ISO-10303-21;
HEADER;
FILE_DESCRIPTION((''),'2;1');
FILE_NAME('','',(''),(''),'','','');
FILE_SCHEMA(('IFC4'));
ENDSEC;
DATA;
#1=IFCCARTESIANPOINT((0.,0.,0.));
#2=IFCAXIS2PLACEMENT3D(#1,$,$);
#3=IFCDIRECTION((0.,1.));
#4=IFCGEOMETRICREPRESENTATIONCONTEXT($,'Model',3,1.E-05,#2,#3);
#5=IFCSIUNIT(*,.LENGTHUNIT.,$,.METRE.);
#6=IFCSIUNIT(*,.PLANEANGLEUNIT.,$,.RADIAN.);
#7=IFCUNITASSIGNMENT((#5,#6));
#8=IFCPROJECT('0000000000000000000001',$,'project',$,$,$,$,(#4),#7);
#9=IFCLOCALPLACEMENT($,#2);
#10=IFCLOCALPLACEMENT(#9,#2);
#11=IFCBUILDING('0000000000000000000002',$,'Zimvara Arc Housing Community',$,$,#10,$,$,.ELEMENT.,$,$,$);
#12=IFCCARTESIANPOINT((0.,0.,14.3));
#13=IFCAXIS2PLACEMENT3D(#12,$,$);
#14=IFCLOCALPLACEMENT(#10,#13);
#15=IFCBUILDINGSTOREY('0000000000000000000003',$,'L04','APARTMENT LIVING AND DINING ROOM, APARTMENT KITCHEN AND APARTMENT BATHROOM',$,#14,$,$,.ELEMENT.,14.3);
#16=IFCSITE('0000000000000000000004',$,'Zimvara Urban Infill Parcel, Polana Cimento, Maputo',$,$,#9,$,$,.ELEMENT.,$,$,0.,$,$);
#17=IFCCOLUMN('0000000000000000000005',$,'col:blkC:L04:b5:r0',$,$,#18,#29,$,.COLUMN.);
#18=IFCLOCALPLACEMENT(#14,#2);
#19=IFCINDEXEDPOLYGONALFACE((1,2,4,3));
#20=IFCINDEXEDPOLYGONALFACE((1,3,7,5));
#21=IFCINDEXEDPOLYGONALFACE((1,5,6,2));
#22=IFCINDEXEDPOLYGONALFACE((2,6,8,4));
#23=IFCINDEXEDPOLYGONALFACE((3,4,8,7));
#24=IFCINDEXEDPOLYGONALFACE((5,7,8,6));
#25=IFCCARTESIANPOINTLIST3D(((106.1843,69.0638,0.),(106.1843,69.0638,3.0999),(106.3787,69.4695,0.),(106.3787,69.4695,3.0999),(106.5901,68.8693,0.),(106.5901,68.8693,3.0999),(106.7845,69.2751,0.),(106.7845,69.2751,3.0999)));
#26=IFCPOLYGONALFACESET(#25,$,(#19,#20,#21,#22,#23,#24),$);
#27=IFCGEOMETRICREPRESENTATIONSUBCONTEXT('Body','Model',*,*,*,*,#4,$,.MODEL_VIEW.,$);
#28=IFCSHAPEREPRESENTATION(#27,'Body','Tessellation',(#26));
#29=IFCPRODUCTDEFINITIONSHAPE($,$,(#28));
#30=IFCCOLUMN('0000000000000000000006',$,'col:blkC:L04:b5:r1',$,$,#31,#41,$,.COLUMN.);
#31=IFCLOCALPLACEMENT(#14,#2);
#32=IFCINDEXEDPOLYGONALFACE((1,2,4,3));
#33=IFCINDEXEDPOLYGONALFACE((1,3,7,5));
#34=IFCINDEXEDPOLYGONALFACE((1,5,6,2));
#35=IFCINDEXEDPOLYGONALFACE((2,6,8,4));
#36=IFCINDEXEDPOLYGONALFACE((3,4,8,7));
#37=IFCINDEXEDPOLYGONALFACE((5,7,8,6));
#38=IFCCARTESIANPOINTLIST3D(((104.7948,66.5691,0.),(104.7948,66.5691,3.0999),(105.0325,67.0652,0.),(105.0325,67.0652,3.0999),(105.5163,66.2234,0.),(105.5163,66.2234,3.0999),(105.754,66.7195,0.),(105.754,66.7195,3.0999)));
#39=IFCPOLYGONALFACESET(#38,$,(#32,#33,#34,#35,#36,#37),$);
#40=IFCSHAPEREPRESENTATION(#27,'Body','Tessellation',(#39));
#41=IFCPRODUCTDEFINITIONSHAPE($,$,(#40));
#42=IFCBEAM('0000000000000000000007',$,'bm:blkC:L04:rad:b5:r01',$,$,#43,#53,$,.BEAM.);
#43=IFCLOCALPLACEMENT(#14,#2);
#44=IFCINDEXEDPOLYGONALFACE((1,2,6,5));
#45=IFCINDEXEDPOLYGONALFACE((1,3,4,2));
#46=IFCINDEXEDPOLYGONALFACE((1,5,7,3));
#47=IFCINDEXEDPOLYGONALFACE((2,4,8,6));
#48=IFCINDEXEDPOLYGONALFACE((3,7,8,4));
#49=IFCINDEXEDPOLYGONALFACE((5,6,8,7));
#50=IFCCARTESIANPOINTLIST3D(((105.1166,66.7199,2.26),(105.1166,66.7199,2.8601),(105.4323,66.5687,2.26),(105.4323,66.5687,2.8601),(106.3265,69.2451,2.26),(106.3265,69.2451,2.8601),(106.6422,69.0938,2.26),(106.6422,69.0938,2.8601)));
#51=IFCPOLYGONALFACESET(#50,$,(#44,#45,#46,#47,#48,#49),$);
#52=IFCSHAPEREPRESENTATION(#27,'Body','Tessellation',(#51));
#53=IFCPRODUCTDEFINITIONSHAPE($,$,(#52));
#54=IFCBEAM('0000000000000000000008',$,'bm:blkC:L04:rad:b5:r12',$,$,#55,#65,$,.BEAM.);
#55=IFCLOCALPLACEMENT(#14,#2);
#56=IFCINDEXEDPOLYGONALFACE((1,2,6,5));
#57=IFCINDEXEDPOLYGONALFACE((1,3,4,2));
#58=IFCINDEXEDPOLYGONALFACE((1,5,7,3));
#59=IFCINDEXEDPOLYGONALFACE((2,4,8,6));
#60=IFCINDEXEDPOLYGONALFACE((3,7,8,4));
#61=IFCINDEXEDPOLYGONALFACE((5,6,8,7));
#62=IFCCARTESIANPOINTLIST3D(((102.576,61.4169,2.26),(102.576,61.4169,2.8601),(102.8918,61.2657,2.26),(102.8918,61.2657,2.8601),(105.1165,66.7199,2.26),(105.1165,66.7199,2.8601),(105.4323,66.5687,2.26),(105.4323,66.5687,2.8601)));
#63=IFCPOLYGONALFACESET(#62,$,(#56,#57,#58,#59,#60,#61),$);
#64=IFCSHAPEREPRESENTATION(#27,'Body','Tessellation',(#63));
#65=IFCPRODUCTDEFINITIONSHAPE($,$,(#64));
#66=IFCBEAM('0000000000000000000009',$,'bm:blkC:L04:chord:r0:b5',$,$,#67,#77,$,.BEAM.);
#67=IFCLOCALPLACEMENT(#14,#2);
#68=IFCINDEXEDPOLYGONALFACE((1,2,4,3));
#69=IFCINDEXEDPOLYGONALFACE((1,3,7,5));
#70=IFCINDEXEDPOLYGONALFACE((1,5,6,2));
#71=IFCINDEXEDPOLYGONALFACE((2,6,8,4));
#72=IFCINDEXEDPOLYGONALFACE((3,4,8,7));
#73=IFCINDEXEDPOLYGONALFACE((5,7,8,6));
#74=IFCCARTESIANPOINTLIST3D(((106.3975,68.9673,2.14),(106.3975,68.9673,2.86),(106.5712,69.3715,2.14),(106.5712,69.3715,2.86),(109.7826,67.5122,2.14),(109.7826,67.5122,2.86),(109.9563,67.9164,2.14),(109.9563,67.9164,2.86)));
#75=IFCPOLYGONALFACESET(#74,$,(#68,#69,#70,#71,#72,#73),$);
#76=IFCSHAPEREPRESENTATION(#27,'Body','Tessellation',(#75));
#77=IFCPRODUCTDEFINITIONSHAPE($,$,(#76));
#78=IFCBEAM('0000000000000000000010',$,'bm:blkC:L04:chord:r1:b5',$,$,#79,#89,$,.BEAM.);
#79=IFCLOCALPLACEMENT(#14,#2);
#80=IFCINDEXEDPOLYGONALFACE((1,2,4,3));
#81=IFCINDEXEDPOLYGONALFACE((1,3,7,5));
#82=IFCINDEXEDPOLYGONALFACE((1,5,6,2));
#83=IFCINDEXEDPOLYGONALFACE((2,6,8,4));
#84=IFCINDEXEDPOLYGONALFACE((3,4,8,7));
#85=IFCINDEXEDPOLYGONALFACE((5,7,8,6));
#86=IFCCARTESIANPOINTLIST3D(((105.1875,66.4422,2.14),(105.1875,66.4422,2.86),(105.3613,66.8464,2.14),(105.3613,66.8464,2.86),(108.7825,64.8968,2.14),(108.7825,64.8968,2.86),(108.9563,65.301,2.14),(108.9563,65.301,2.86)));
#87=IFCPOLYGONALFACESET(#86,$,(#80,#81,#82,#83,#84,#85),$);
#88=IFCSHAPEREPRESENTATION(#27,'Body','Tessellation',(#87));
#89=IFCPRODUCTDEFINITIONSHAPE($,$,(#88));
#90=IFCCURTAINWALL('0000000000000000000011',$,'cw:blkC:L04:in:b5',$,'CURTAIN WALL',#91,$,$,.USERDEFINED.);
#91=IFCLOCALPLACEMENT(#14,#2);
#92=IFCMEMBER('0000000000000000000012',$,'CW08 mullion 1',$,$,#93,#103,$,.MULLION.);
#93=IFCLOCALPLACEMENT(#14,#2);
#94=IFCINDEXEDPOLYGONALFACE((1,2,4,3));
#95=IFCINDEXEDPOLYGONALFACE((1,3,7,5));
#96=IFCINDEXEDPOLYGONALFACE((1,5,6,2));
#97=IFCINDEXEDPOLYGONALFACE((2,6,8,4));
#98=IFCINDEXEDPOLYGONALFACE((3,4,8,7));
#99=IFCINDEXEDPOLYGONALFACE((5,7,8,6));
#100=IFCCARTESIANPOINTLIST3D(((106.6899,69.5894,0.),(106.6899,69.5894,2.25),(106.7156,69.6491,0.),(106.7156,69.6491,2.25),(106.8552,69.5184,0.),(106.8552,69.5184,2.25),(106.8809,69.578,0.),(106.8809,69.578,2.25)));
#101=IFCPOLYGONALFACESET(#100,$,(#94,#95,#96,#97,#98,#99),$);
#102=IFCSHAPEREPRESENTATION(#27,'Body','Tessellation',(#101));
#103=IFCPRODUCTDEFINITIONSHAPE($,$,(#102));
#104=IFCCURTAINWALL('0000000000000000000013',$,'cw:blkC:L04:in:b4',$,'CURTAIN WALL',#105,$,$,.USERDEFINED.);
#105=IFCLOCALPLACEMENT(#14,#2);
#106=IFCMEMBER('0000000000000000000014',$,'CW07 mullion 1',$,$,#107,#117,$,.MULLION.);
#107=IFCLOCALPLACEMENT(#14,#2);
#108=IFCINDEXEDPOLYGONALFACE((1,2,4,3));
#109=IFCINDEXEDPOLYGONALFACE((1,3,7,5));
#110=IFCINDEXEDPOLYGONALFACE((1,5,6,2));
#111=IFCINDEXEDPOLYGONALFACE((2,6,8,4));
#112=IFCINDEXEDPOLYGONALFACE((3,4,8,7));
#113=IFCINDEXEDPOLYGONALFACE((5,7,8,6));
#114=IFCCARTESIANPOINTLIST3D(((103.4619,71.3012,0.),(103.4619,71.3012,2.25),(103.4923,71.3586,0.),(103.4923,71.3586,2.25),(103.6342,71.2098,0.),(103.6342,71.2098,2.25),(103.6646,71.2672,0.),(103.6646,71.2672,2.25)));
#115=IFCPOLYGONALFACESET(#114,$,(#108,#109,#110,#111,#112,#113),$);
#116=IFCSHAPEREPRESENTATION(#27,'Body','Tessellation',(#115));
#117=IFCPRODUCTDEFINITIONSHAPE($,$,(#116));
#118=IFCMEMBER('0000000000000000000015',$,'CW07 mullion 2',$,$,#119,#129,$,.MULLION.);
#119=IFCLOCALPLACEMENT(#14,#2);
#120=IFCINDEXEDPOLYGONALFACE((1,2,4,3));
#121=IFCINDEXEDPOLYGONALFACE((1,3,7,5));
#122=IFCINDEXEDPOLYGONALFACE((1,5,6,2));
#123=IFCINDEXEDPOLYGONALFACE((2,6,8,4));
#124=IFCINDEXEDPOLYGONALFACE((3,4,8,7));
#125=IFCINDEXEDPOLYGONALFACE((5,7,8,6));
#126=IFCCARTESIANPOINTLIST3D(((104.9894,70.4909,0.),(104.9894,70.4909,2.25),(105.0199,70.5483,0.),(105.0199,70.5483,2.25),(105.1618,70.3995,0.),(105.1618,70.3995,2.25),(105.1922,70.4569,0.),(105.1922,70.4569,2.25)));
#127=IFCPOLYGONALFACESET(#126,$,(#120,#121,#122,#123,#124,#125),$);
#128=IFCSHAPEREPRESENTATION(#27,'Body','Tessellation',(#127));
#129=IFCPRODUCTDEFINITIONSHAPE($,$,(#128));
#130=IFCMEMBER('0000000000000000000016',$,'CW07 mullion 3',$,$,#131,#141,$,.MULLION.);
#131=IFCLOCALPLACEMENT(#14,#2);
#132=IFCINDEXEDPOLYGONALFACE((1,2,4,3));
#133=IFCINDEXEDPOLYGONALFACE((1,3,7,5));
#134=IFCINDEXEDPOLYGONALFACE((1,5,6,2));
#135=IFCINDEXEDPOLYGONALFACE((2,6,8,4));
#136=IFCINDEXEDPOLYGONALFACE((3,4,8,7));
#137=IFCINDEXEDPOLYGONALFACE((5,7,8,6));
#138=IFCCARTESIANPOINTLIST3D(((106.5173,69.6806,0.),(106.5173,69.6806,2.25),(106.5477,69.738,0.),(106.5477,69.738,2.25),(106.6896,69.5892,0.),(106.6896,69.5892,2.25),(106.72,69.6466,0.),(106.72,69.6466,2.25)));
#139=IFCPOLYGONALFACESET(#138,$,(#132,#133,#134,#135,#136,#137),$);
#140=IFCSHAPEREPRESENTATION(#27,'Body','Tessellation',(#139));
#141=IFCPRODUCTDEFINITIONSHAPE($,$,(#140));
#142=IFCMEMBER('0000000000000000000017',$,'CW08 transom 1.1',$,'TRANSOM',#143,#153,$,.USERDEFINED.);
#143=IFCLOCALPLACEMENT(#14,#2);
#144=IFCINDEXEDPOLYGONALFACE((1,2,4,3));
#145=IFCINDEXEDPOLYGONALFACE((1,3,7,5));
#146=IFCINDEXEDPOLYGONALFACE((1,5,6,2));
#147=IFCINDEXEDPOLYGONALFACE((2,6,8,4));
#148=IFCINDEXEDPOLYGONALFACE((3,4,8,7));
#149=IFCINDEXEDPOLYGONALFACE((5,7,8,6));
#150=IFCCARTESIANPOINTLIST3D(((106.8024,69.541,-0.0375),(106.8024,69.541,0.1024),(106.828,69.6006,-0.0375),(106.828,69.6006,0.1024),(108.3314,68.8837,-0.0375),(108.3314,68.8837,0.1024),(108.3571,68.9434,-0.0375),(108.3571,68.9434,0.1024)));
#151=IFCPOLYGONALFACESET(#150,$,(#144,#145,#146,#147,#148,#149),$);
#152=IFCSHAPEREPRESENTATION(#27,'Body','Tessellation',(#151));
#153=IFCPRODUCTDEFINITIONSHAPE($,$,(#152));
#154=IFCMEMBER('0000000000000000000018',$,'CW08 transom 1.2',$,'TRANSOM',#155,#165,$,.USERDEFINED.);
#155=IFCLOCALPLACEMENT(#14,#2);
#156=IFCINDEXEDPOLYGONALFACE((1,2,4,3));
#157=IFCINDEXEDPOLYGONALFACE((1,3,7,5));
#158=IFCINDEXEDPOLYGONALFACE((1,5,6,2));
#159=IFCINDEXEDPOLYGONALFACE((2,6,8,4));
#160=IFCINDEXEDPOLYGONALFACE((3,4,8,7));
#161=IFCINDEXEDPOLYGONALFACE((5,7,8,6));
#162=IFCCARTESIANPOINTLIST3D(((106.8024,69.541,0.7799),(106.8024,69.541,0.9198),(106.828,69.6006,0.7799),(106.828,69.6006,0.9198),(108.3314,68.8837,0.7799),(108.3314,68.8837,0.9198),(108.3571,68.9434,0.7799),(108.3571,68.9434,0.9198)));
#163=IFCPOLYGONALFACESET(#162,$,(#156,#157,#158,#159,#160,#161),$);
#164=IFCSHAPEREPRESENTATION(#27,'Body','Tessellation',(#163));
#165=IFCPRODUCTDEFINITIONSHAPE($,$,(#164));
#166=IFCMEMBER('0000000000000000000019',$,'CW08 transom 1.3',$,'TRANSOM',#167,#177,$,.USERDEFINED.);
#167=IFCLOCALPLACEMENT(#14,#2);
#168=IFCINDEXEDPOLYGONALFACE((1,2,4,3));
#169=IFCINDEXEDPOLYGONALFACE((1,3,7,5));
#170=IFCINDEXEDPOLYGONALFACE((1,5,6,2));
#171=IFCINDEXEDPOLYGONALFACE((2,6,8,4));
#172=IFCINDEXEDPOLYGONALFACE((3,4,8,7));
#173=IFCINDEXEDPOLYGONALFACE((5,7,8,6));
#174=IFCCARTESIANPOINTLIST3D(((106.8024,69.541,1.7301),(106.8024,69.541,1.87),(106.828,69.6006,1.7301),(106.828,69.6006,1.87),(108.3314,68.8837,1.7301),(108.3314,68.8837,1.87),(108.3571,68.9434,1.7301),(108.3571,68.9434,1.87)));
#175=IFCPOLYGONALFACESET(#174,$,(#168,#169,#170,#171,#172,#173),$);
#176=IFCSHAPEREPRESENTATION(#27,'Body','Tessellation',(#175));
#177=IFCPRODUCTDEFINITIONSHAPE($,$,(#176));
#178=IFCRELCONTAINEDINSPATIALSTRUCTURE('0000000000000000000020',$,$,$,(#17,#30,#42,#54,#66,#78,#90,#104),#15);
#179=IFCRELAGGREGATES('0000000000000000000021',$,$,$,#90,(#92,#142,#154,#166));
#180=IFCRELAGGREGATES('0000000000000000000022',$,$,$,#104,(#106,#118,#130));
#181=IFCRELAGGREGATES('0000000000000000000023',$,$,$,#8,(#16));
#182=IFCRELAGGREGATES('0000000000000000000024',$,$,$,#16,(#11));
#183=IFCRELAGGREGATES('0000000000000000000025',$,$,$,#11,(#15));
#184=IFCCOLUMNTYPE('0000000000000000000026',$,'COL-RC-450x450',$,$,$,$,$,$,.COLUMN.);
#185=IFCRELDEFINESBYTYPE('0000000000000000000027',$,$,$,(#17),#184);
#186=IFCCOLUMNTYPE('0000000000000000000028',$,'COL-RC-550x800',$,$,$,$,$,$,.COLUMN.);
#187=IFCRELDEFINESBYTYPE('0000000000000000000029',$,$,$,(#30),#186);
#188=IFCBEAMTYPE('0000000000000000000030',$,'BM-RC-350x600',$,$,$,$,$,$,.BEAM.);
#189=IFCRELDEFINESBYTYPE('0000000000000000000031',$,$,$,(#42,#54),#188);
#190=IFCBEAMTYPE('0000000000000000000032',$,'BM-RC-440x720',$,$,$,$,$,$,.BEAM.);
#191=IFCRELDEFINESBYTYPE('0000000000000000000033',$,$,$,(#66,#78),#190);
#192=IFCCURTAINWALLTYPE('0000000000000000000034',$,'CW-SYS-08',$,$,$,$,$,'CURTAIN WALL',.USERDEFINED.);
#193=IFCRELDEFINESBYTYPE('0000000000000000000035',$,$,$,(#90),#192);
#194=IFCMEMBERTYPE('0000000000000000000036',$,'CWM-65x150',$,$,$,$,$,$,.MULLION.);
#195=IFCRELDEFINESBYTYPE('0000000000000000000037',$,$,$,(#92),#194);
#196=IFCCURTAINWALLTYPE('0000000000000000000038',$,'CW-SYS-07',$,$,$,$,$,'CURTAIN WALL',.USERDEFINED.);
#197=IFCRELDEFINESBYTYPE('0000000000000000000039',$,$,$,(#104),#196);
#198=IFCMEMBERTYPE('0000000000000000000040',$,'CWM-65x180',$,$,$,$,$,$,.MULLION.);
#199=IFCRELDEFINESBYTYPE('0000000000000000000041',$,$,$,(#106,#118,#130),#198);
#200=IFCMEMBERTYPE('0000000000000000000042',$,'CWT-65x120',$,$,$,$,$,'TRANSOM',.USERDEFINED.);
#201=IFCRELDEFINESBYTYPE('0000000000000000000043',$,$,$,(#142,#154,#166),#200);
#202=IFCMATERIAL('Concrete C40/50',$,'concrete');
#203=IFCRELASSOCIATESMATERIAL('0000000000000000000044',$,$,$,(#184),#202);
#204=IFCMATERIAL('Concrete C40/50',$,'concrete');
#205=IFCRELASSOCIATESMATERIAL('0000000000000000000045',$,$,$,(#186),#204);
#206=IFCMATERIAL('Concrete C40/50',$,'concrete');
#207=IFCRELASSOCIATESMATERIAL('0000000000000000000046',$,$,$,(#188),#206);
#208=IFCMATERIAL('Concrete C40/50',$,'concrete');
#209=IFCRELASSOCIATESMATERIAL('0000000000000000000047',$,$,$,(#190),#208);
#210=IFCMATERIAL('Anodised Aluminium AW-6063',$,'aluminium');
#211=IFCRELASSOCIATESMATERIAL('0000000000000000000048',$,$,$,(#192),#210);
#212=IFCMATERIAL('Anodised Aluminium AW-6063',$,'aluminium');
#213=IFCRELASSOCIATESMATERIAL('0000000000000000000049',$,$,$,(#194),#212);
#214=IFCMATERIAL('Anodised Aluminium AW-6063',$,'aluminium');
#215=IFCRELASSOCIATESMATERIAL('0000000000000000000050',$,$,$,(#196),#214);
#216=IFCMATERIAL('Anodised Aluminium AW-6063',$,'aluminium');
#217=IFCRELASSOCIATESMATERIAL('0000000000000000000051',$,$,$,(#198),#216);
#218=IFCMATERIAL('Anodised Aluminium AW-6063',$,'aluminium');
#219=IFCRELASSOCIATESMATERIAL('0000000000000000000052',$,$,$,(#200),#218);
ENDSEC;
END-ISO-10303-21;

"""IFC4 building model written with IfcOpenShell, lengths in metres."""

from ifc_helpers import new_model, si_unit, direction, frame, origin, origin_2d, place, context, subcontext, project, spatial, rectangle, extrude, material, material_profile, profile_set, type_object, element, aggregate, save


model = new_model("IFC4")

# Units and contexts
model_context = context("Model", 3, precision=1e-05, world=origin(), true_north=direction((0.0, 1.0)))
body_context = subcontext(model_context, "Body", "Model", "MODEL_VIEW")
ifc_project = project(units=[si_unit("LENGTHUNIT", "METRE"), si_unit("PLANEANGLEUNIT", "RADIAN")], contexts=[model_context])

# Site, building, storey
site_placement = place(None, origin())
site = spatial("IfcSite", under=ifc_project, at=site_placement, Name="Zimvara Urban Infill Parcel, Polana Cimento, Maputo", CompositionType="ELEMENT", RefElevation=0.0)
building_placement = place(site_placement, origin())
building = spatial("IfcBuilding", under=site, at=building_placement, Name="Zimvara Arc Housing Community", CompositionType="ELEMENT")
storey_placement = place(building_placement, frame((0.0, 0.0, 14.3)))
storey = spatial("IfcBuildingStorey", under=building, at=storey_placement, Name="L04", Description="APARTMENT LIVING AND DINING ROOM, APARTMENT KITCHEN AND APARTMENT BATHROOM", CompositionType="ELEMENT", Elevation=14.3)

# Columns
ifc_material_1 = material(Name="Concrete C40/50", Category="concrete")
ifc_material_profile_1 = material_profile(ifc_material_1, rectangle(XDim=0.45, YDim=0.45, at=origin_2d()), Name="RC 450x450")
ifc_profile_set_1 = profile_set([ifc_material_profile_1], Name="Concrete C40/50")
column_type_1 = type_object("IfcColumnType", Name="COL-RC-450x450", PredefinedType="COLUMN", material=ifc_profile_set_1)
column_1_placement = place(storey_placement, frame((106.4844, 69.1694, 0.0), z_axis=(0.0, 0.0, 1.0), x_axis=(-0.432086, -0.901833, 0.0)))
element("IfcColumn", 1, at=column_1_placement, inside=storey, type_object=column_type_1, Name="col:blkC:L04:b5:r0", PredefinedType="COLUMN", context=body_context, shape_type="SweptSolid", body=[
    extrude(rectangle(XDim=0.45, YDim=0.45, at=origin_2d()), origin(), (0.0, 0.0, 1.0), 3.0999),
])
ifc_material_2 = material(Name="Concrete C40/50", Category="concrete")
ifc_material_profile_2 = material_profile(ifc_material_2, rectangle(XDim=0.55, YDim=0.8, at=origin_2d()), Name="RC 550x800")
ifc_profile_set_2 = profile_set([ifc_material_profile_2], Name="Concrete C40/50")
column_type_2 = type_object("IfcColumnType", Name="COL-RC-550x800", PredefinedType="COLUMN", material=ifc_profile_set_2)
column_2_placement = place(storey_placement, frame((105.2744, 66.6443, 0.0), z_axis=(0.0, 0.0, 1.0), x_axis=(-0.432086, -0.901833, 0.0)))
element("IfcColumn", 2, at=column_2_placement, inside=storey, type_object=column_type_2, Name="col:blkC:L04:b5:r1", PredefinedType="COLUMN", context=body_context, shape_type="SweptSolid", body=[
    extrude(rectangle(XDim=0.55, YDim=0.8, at=origin_2d()), origin(), (0.0, 0.0, 1.0), 3.0999),
])

# Beams
ifc_material_3 = material(Name="Concrete C40/50", Category="concrete")
ifc_material_profile_3 = material_profile(ifc_material_3, rectangle(XDim=0.3501, YDim=0.6001, at=origin_2d()), Name="RC 350x600")
ifc_profile_set_3 = profile_set([ifc_material_profile_3], Name="Concrete C40/50")
beam_type_1 = type_object("IfcBeamType", Name="BM-RC-350x600", PredefinedType="BEAM", material=ifc_profile_set_3)
beam_1_placement = place(storey_placement, frame((106.4844, 69.1694, 2.5601), z_axis=(-0.432119, -0.901817, 0.0), x_axis=(0.901817, -0.432119, 0.0)))
element("IfcBeam", 3, at=beam_1_placement, inside=storey, type_object=beam_type_1, Name="bm:blkC:L04:rad:b5:r01", PredefinedType="BEAM", context=body_context, shape_type="SweptSolid", body=[
    extrude(rectangle(XDim=0.3501, YDim=0.6001, at=origin_2d()), origin(), (0.0, 0.0, 1.0), 2.8),
])
beam_2_placement = place(storey_placement, frame((105.2744, 66.6443, 2.5601), z_axis=(-0.432053, -0.901848, 0.0), x_axis=(0.901848, -0.432053, 0.0)))
element("IfcBeam", 4, at=beam_2_placement, inside=storey, type_object=beam_type_1, Name="bm:blkC:L04:rad:b5:r12", PredefinedType="BEAM", context=body_context, shape_type="SweptSolid", body=[
    extrude(rectangle(XDim=0.3501, YDim=0.6001, at=origin_2d()), origin(), (0.0, 0.0, 1.0), 5.8801),
])
ifc_material_4 = material(Name="Concrete C40/50", Category="concrete")
ifc_material_profile_4 = material_profile(ifc_material_4, rectangle(XDim=0.4399, YDim=0.72, at=origin_2d()), Name="RC 440x720")
ifc_profile_set_4 = profile_set([ifc_material_profile_4], Name="Concrete C40/50")
beam_type_2 = type_object("IfcBeamType", Name="BM-RC-440x720", PredefinedType="BEAM", material=ifc_profile_set_4)
beam_3_placement = place(storey_placement, frame((106.4844, 69.1694, 2.5), z_axis=(0.918716, -0.394919, 0.0), x_axis=(0.394919, 0.918716, 0.0)))
element("IfcBeam", 5, at=beam_3_placement, inside=storey, type_object=beam_type_2, Name="bm:blkC:L04:chord:r0:b5", PredefinedType="BEAM", context=body_context, shape_type="SweptSolid", body=[
    extrude(rectangle(XDim=0.4399, YDim=0.72, at=origin_2d()), origin(), (0.0, 0.0, 1.0), 3.6846),
])
beam_4_placement = place(storey_placement, frame((105.2744, 66.6443, 2.5), z_axis=(0.918709, -0.394936, 0.0), x_axis=(0.394936, 0.918709, 0.0)))
element("IfcBeam", 6, at=beam_4_placement, inside=storey, type_object=beam_type_2, Name="bm:blkC:L04:chord:r1:b5", PredefinedType="BEAM", context=body_context, shape_type="SweptSolid", body=[
    extrude(rectangle(XDim=0.4399, YDim=0.72, at=origin_2d()), origin(), (0.0, 0.0, 1.0), 3.9131),
])

# Curtain wall, member
ifc_material_5 = material(Name="Anodised Aluminium AW-6063", Category="aluminium")
curtain_wall_type_1 = type_object("IfcCurtainWallType", Name="CW-SYS-08", ElementType="CURTAIN WALL", PredefinedType="USERDEFINED", material=ifc_material_5)
curtain_wall_1_placement = place(storey_placement, origin())
curtain_wall_1 = element("IfcCurtainWall", 7, at=curtain_wall_1_placement, inside=storey, type_object=curtain_wall_type_1, Name="cw:blkC:L04:in:b5", ObjectType="CURTAIN WALL", PredefinedType="USERDEFINED")
ifc_material_6 = material(Name="Anodised Aluminium AW-6063", Category="aluminium")
ifc_material_profile_5 = material_profile(ifc_material_6, rectangle(XDim=0.0649, YDim=0.1799, at=origin_2d()), Name="ALU 65x180")
ifc_profile_set_5 = profile_set([ifc_material_profile_5], Name="Anodised Aluminium AW-6063")
member_type_1 = type_object("IfcMemberType", Name="CWM-65x150", PredefinedType="MULLION", material=ifc_profile_set_5)
member_1_placement = place(storey_placement, frame((106.7854, 69.5837, 0.0), z_axis=(0.0, 0.0, 1.0), x_axis=(0.394904, 0.918722, 0.0)))
member_1 = element("IfcMember", 8, at=member_1_placement, type_object=member_type_1, Name="CW08 mullion 1", PredefinedType="MULLION", context=body_context, shape_type="SweptSolid", body=[
    extrude(rectangle(XDim=0.0649, YDim=0.1799, at=origin_2d()), origin(), (0.0, 0.0, 1.0), 2.25),
])

# Curtain wall, members
ifc_material_7 = material(Name="Anodised Aluminium AW-6063", Category="aluminium")
curtain_wall_type_2 = type_object("IfcCurtainWallType", Name="CW-SYS-07", ElementType="CURTAIN WALL", PredefinedType="USERDEFINED", material=ifc_material_7)
curtain_wall_2_placement = place(storey_placement, origin())
curtain_wall_2 = element("IfcCurtainWall", 9, at=curtain_wall_2_placement, inside=storey, type_object=curtain_wall_type_2, Name="cw:blkC:L04:in:b4", ObjectType="CURTAIN WALL", PredefinedType="USERDEFINED")
ifc_material_8 = material(Name="Anodised Aluminium AW-6063", Category="aluminium")
ifc_material_profile_6 = material_profile(ifc_material_8, rectangle(XDim=0.0649, YDim=0.1951, at=origin_2d()), Name="ALU 65x195")
ifc_profile_set_6 = profile_set([ifc_material_profile_6], Name="Anodised Aluminium AW-6063")
member_type_2 = type_object("IfcMemberType", Name="CWM-65x180", PredefinedType="MULLION", material=ifc_profile_set_6)
member_2_placement = place(storey_placement, frame((103.5632, 71.2842, 0.0), z_axis=(0.0, 0.0, 1.0), x_axis=(0.468545, 0.88344, 0.0)))
member_2 = element("IfcMember", 10, at=member_2_placement, type_object=member_type_2, Name="CW07 mullion 1", PredefinedType="MULLION", context=body_context, shape_type="SweptSolid", body=[
    extrude(rectangle(XDim=0.0649, YDim=0.1951, at=origin_2d()), origin(), (0.0, 0.0, 1.0), 2.25),
])
member_3_placement = place(storey_placement, frame((105.0908, 70.4739, 0.0), z_axis=(0.0, 0.0, 1.0), x_axis=(0.468545, 0.88344, 0.0)))
member_3 = element("IfcMember", 11, at=member_3_placement, type_object=member_type_2, Name="CW07 mullion 2", PredefinedType="MULLION", context=body_context, shape_type="SweptSolid", body=[
    extrude(rectangle(XDim=0.0649, YDim=0.1951, at=origin_2d()), origin(), (0.0, 0.0, 1.0), 2.25),
])
member_4_placement = place(storey_placement, frame((106.6187, 69.6636, 0.0), z_axis=(0.0, 0.0, 1.0), x_axis=(0.468545, 0.88344, 0.0)))
member_4 = element("IfcMember", 12, at=member_4_placement, type_object=member_type_2, Name="CW07 mullion 3", PredefinedType="MULLION", context=body_context, shape_type="SweptSolid", body=[
    extrude(rectangle(XDim=0.0649, YDim=0.1951, at=origin_2d()), origin(), (0.0, 0.0, 1.0), 2.25),
])

# Members
ifc_material_9 = material(Name="Anodised Aluminium AW-6063", Category="aluminium")
ifc_material_profile_7 = material_profile(ifc_material_9, rectangle(XDim=0.0649, YDim=0.1399, at=origin_2d()), Name="ALU 65x140")
ifc_profile_set_7 = profile_set([ifc_material_profile_7], Name="Anodised Aluminium AW-6063")
member_type_3 = type_object("IfcMemberType", Name="CWT-65x120", ElementType="TRANSOM", PredefinedType="USERDEFINED", material=ifc_profile_set_7)
member_5_placement = place(storey_placement, frame((106.8152, 69.5708, 0.0325), z_axis=(0.918727, -0.394893, 0.0), x_axis=(0.394893, 0.918727, 0.0)))
member_5 = element("IfcMember", 13, at=member_5_placement, type_object=member_type_3, Name="CW08 transom 1.1", ObjectType="TRANSOM", PredefinedType="USERDEFINED", context=body_context, shape_type="SweptSolid", body=[
    extrude(rectangle(XDim=0.0649, YDim=0.1399, at=origin_2d()), origin(), (0.0, 0.0, 1.0), 1.6643),
])
member_6_placement = place(storey_placement, frame((106.8152, 69.5708, 0.8499), z_axis=(0.918727, -0.394893, 0.0), x_axis=(0.394893, 0.918727, 0.0)))
member_6 = element("IfcMember", 14, at=member_6_placement, type_object=member_type_3, Name="CW08 transom 1.2", ObjectType="TRANSOM", PredefinedType="USERDEFINED", context=body_context, shape_type="SweptSolid", body=[
    extrude(rectangle(XDim=0.0649, YDim=0.1399, at=origin_2d()), origin(), (0.0, 0.0, 1.0), 1.6643),
])
member_7_placement = place(storey_placement, frame((106.8152, 69.5708, 1.8), z_axis=(0.918727, -0.394893, 0.0), x_axis=(0.394893, 0.918727, 0.0)))
member_7 = element("IfcMember", 15, at=member_7_placement, type_object=member_type_3, Name="CW08 transom 1.3", ObjectType="TRANSOM", PredefinedType="USERDEFINED", context=body_context, shape_type="SweptSolid", body=[
    extrude(rectangle(XDim=0.0649, YDim=0.1399, at=origin_2d()), origin(), (0.0, 0.0, 1.0), 1.6643),
])
aggregate(curtain_wall_1, [member_1, member_5, member_6, member_7])

aggregate(curtain_wall_2, [member_2, member_3, member_4])

save(model, "model.ifc")
